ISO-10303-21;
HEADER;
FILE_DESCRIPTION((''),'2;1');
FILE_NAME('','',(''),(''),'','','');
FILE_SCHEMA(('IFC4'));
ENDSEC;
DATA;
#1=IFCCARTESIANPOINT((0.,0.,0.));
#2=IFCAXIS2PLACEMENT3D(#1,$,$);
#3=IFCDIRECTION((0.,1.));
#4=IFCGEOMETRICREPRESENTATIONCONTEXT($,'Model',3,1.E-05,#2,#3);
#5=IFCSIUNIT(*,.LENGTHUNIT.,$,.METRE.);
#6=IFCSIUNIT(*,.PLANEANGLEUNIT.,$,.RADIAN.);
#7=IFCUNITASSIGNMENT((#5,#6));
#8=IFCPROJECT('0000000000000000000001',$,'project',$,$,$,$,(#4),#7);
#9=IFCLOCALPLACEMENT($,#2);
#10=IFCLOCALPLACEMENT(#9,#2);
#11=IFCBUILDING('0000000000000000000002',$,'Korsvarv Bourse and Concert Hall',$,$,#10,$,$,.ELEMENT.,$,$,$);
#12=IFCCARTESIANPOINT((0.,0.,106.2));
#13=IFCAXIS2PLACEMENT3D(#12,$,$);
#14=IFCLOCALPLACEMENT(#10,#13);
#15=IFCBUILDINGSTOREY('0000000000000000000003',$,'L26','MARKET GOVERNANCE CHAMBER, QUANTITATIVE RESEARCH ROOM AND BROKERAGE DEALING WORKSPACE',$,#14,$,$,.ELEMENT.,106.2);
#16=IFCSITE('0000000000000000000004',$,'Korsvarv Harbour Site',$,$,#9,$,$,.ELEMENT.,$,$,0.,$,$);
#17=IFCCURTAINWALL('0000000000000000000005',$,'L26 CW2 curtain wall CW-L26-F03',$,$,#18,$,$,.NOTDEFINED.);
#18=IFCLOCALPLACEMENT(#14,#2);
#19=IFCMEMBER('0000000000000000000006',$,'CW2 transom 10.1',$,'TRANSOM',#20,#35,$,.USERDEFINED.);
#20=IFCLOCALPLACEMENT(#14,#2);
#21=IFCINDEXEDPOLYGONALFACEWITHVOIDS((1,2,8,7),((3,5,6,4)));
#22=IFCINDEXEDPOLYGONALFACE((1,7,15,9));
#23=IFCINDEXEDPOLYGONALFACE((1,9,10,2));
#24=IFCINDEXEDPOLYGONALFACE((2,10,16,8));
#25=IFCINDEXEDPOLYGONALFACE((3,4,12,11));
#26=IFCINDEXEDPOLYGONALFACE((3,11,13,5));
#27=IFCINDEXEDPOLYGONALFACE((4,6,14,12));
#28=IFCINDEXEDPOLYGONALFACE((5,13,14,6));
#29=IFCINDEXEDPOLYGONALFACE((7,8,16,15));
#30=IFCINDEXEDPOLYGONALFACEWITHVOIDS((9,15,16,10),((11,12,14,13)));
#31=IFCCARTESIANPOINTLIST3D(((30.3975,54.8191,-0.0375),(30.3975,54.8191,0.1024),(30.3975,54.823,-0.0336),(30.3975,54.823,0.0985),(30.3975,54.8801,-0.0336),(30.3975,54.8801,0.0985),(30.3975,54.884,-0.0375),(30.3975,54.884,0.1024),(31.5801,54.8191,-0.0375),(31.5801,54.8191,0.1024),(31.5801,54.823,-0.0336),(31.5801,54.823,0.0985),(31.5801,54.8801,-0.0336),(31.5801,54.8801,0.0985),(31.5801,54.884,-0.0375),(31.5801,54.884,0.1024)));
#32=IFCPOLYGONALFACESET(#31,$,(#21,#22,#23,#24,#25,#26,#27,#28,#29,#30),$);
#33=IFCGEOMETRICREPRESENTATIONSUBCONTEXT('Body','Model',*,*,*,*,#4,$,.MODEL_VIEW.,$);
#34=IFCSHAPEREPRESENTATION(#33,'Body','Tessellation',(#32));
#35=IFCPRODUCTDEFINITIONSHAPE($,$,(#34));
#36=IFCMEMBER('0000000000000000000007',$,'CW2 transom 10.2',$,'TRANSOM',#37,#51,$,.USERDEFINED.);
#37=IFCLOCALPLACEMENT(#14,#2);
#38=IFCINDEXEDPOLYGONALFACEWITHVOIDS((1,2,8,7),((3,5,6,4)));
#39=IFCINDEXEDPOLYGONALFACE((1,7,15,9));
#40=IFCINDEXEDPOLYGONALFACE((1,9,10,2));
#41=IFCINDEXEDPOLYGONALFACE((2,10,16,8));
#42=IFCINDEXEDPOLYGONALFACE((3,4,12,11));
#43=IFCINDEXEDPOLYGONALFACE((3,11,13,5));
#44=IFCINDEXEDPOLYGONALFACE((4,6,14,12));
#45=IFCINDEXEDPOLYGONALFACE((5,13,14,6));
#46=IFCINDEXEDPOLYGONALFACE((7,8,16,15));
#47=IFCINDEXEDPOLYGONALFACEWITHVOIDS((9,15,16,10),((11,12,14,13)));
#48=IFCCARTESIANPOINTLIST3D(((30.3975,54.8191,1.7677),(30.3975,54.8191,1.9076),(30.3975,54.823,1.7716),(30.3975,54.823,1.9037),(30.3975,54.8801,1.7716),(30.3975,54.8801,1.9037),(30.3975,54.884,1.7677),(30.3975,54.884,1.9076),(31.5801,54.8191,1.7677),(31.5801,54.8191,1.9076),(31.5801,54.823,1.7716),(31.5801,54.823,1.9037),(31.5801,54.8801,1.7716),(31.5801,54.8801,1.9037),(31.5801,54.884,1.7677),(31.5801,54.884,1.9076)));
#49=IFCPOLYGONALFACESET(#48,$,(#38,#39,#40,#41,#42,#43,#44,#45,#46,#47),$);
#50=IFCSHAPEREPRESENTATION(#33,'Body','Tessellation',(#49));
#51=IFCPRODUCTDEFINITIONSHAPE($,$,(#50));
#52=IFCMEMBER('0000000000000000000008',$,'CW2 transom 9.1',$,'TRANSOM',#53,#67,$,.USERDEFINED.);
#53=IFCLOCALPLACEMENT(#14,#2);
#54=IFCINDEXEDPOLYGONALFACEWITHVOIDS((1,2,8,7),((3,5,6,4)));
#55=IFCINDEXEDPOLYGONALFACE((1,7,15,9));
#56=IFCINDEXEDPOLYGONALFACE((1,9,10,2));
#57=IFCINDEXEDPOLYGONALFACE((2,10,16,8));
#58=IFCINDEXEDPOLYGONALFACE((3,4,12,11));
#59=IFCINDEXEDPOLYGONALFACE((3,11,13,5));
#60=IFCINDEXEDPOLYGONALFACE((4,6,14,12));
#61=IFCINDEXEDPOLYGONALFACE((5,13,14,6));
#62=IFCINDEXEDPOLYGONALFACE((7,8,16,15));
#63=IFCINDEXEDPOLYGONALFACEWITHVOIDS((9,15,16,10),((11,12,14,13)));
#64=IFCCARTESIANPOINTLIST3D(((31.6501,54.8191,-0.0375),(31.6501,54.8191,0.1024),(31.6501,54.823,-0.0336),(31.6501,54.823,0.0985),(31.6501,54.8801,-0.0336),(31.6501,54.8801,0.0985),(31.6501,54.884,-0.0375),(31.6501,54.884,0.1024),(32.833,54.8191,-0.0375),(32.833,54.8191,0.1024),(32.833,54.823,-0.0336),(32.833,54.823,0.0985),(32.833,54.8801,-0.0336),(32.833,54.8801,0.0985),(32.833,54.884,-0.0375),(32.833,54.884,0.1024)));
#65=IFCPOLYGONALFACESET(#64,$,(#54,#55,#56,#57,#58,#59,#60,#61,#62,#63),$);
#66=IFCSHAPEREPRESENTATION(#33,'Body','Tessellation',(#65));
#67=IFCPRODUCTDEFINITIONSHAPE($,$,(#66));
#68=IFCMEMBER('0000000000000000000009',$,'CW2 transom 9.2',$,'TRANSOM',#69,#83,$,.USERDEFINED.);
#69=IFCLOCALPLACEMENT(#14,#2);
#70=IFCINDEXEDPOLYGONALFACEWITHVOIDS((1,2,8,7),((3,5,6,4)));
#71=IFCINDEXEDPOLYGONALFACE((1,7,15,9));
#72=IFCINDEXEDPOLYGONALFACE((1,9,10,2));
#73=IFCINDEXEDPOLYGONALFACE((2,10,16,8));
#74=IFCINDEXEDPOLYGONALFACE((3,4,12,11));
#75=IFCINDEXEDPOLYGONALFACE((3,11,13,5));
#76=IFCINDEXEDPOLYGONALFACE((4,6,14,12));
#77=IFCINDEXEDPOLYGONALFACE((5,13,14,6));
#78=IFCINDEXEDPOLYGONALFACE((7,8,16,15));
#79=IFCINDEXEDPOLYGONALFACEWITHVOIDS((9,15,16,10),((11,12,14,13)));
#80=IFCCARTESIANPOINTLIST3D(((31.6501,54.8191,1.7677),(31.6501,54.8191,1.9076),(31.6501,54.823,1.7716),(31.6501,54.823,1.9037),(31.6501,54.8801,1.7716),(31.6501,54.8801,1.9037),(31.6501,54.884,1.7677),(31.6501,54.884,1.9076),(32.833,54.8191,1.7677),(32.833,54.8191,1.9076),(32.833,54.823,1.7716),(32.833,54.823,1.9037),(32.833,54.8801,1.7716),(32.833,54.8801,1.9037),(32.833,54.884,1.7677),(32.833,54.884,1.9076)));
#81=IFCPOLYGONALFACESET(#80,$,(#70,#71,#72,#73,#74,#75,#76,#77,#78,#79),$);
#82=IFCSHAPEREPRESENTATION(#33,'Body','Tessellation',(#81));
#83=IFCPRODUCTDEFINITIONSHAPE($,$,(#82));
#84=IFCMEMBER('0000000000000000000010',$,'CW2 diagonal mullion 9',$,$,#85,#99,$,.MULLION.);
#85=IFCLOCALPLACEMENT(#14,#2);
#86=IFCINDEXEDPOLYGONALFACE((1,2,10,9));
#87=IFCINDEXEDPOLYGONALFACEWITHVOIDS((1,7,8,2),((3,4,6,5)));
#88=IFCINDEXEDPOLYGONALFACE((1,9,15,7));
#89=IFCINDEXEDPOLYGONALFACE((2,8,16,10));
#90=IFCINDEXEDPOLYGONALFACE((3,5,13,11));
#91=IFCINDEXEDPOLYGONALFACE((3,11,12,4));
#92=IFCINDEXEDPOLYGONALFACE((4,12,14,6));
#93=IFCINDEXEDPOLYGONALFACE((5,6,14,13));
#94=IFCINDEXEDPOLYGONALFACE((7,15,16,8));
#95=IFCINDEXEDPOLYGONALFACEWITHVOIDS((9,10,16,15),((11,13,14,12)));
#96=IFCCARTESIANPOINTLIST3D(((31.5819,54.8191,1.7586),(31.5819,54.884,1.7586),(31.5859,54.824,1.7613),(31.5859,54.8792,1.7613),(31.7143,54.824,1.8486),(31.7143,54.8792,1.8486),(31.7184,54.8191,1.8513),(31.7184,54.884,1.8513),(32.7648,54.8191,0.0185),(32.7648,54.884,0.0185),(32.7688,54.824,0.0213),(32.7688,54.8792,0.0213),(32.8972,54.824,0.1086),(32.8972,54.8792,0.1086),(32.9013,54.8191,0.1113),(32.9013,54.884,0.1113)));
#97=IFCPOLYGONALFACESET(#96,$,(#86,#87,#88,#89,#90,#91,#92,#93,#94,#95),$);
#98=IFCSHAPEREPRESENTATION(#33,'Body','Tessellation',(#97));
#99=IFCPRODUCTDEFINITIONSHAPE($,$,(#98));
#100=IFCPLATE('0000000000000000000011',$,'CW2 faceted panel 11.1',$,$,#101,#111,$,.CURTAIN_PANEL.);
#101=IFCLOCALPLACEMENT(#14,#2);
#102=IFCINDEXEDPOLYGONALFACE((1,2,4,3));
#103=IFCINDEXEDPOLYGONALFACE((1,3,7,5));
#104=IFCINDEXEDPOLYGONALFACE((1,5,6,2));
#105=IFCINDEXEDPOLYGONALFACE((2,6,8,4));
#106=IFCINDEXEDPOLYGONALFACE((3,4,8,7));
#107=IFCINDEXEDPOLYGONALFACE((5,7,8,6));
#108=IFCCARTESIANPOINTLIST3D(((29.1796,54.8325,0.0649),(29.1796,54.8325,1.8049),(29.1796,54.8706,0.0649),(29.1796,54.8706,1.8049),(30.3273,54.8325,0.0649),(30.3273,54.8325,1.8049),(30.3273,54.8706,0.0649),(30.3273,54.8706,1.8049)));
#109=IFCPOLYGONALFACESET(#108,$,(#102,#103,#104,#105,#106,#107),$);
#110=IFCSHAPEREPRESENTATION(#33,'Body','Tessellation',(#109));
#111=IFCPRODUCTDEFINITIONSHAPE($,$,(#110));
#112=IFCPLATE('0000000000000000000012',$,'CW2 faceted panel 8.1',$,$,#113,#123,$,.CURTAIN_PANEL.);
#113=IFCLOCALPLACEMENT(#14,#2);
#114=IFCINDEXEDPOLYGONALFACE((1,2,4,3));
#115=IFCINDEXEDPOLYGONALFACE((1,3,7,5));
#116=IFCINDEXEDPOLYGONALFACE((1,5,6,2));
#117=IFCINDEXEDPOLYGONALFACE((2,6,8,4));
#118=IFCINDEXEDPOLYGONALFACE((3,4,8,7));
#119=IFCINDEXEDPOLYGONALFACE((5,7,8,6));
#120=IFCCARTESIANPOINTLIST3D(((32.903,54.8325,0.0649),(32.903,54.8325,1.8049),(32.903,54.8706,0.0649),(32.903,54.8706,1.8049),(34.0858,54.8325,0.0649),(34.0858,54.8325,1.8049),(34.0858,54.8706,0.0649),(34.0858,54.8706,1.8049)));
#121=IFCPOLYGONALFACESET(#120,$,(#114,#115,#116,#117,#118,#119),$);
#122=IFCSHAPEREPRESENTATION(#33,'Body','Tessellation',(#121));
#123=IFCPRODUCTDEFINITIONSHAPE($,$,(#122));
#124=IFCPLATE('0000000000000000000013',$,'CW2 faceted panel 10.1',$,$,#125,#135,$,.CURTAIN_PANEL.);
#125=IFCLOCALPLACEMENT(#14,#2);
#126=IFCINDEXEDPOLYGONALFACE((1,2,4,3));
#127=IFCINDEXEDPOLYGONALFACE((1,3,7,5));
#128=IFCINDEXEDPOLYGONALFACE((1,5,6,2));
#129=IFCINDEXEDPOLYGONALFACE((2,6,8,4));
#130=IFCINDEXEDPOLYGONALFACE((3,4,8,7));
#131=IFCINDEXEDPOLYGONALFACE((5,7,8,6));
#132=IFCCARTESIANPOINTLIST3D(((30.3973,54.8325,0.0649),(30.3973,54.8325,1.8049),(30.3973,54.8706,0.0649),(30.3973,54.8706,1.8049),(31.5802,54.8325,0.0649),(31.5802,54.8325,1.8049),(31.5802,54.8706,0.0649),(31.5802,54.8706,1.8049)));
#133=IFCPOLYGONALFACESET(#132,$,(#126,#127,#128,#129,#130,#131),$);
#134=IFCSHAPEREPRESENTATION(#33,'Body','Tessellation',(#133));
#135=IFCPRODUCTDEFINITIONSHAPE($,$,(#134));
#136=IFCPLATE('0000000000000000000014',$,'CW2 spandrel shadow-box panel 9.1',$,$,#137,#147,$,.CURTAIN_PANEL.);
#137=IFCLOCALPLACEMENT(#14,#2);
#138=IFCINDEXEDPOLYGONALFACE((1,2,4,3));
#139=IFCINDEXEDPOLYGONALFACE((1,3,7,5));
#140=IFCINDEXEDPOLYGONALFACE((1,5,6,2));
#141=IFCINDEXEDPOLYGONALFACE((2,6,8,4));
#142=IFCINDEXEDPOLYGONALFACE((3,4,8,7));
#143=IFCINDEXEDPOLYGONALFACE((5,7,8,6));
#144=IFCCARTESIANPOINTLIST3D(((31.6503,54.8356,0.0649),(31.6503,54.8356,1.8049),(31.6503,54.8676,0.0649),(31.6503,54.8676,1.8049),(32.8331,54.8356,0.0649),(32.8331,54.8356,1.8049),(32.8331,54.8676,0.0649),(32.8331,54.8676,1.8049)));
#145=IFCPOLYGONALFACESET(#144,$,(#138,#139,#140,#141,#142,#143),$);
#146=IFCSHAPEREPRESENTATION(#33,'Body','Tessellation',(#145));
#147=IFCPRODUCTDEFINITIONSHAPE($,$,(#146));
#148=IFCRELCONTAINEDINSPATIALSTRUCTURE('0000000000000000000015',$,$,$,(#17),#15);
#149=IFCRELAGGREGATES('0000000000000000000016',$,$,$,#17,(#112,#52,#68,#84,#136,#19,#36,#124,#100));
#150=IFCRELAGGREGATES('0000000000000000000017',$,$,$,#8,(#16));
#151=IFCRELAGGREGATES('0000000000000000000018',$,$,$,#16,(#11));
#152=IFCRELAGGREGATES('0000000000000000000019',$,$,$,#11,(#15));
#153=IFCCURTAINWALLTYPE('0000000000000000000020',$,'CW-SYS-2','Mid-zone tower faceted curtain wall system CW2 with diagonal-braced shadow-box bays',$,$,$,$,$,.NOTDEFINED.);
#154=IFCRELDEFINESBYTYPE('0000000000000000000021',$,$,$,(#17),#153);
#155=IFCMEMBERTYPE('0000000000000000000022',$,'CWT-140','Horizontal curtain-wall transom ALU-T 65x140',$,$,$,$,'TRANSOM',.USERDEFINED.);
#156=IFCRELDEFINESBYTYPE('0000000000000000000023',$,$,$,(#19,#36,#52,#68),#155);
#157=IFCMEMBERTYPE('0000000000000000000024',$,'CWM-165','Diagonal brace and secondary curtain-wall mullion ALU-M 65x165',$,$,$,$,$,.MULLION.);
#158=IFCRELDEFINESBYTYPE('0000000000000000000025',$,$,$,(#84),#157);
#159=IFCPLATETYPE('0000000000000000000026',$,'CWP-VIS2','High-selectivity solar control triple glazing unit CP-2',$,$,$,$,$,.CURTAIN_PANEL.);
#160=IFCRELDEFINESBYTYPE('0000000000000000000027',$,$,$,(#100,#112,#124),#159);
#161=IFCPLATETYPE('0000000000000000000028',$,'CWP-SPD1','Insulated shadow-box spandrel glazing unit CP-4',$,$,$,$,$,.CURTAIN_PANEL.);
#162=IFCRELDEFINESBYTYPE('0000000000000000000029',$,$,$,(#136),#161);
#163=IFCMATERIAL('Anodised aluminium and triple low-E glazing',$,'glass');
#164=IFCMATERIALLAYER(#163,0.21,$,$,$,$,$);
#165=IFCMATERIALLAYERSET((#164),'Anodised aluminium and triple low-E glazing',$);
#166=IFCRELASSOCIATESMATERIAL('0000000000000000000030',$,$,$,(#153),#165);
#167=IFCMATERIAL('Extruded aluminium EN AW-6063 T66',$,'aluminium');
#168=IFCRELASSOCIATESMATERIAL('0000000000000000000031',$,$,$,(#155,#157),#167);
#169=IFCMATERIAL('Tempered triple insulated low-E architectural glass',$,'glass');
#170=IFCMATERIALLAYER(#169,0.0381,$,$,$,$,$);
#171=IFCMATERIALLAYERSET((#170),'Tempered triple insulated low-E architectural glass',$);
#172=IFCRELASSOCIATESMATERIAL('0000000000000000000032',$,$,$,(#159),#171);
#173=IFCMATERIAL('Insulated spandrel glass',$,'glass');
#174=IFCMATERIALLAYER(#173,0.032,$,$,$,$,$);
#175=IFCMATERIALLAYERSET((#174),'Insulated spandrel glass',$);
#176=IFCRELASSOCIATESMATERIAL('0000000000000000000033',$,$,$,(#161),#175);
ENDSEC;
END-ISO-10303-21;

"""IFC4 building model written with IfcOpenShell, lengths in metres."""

from ifc_helpers import new_model, si_unit, direction, frame, origin, origin_2d, place, context, subcontext, project, spatial, rectangle, hollow_rectangle, extrude, source, transform, mapped, material, layer, layer_set, material_profile, profile_set, type_object, element, aggregate, save


model = new_model("IFC4")

# Units and contexts
model_context = context("Model", 3, precision=1e-05, world=origin(), true_north=direction((0.0, 1.0)))
body_context = subcontext(model_context, "Body", "Model", "MODEL_VIEW")
ifc_project = project(units=[si_unit("LENGTHUNIT", "METRE"), si_unit("PLANEANGLEUNIT", "RADIAN")], contexts=[model_context])

# Site, building, storey
site_placement = place(None, origin())
site = spatial("IfcSite", under=ifc_project, at=site_placement, Name="Korsvarv Harbour Site", CompositionType="ELEMENT", RefElevation=0.0)
building_placement = place(site_placement, origin())
building = spatial("IfcBuilding", under=site, at=building_placement, Name="Korsvarv Bourse and Concert Hall", CompositionType="ELEMENT")
storey_placement = place(building_placement, frame((0.0, 0.0, 106.2)))
storey = spatial("IfcBuildingStorey", under=building, at=storey_placement, Name="L26", Description="MARKET GOVERNANCE CHAMBER, QUANTITATIVE RESEARCH ROOM AND BROKERAGE DEALING WORKSPACE", CompositionType="ELEMENT", Elevation=106.2)

# Curtain wall, members, plates
ifc_material_1 = material(Name="Anodised aluminium and triple low-E glazing", Category="glass")
ifc_layer_1 = layer(ifc_material_1, 0.21)
ifc_layer_set_1 = layer_set([ifc_layer_1], Name="Anodised aluminium and triple low-E glazing")
curtain_wall_type = type_object("IfcCurtainWallType", Name="CW-SYS-2", Description="Mid-zone tower faceted curtain wall system CW2 with diagonal-braced shadow-box bays", PredefinedType="NOTDEFINED", material=ifc_layer_set_1)
curtain_wall_placement = place(storey_placement, origin())
curtain_wall = element("IfcCurtainWall", 1, at=curtain_wall_placement, inside=storey, type_object=curtain_wall_type, Name="L26 CW2 curtain wall CW-L26-F03", PredefinedType="NOTDEFINED")
ifc_material_2 = material(Name="Extruded aluminium EN AW-6063 T66", Category="aluminium")
ifc_material_profile_1 = material_profile(ifc_material_2, hollow_rectangle(XDim=0.0649, YDim=0.1399, WallThickness=0.0039, at=origin_2d()), Name="ALU-T 65x140")
ifc_profile_set_1 = profile_set([ifc_material_profile_1], Name="Extruded aluminium EN AW-6063 T66")
member_type_1 = type_object("IfcMemberType", Name="CWT-140", Description="Horizontal curtain-wall transom ALU-T 65x140", ElementType="TRANSOM", PredefinedType="USERDEFINED", material=ifc_profile_set_1)
shared_shape_1 = source(origin(), body_context, "Body", "SweptSolid", [
    extrude(hollow_rectangle(XDim=0.0649, YDim=0.1399, WallThickness=0.0039, at=origin_2d()), origin(), (0.0, 0.0, 1.0), 1.1826),
])
member_1_placement = place(storey_placement, frame((31.5801, 54.8516, 0.0325), z_axis=(-1.0, 0.0, 0.0), x_axis=(0.0, -1.0, 0.0)))
member_1 = element("IfcMember", 2, at=member_1_placement, type_object=member_type_1, Name="CW2 transom 10.1", ObjectType="TRANSOM", PredefinedType="USERDEFINED", context=body_context, shape_type="MappedRepresentation", body=[
    mapped(shared_shape_1, transform((0.0, 0.0, 0.0), scale=1.0)),
])
member_2_placement = place(storey_placement, frame((31.5801, 54.8516, 1.8376), z_axis=(-1.0, 0.0, 0.0), x_axis=(0.0, -1.0, 0.0)))
member_2 = element("IfcMember", 3, at=member_2_placement, type_object=member_type_1, Name="CW2 transom 10.2", ObjectType="TRANSOM", PredefinedType="USERDEFINED", context=body_context, shape_type="MappedRepresentation", body=[
    mapped(shared_shape_1, transform((0.0, 0.0, 0.0), scale=1.0)),
])
shared_shape_2 = source(origin(), body_context, "Body", "SweptSolid", [
    extrude(hollow_rectangle(XDim=0.0649, YDim=0.1399, WallThickness=0.0039, at=origin_2d()), origin(), (0.0, 0.0, 1.0), 1.1829),
])
member_3_placement = place(storey_placement, frame((32.833, 54.8516, 0.0325), z_axis=(-1.0, 0.0, 0.0), x_axis=(0.0, -1.0, 0.0)))
member_3 = element("IfcMember", 4, at=member_3_placement, type_object=member_type_1, Name="CW2 transom 9.1", ObjectType="TRANSOM", PredefinedType="USERDEFINED", context=body_context, shape_type="MappedRepresentation", body=[
    mapped(shared_shape_2, transform((0.0, 0.0, 0.0), scale=1.0)),
])
member_4_placement = place(storey_placement, frame((32.833, 54.8516, 1.8376), z_axis=(-1.0, 0.0, 0.0), x_axis=(0.0, -1.0, 0.0)))
member_4 = element("IfcMember", 5, at=member_4_placement, type_object=member_type_1, Name="CW2 transom 9.2", ObjectType="TRANSOM", PredefinedType="USERDEFINED", context=body_context, shape_type="MappedRepresentation", body=[
    mapped(shared_shape_2, transform((0.0, 0.0, 0.0), scale=1.0)),
])
ifc_material_profile_2 = material_profile(ifc_material_2, hollow_rectangle(XDim=0.0649, YDim=0.165, WallThickness=0.0049, at=origin_2d()), Name="ALU-M 65x165")
ifc_profile_set_2 = profile_set([ifc_material_profile_2], Name="Extruded aluminium EN AW-6063 T66")
member_type_2 = type_object("IfcMemberType", Name="CWM-165", Description="Diagonal brace and secondary curtain-wall mullion ALU-M 65x165", PredefinedType="MULLION", material=ifc_profile_set_2)
shared_shape_3 = source(origin(), body_context, "Body", "SweptSolid", [
    extrude(hollow_rectangle(XDim=0.0649, YDim=0.165, WallThickness=0.0049, at=origin_2d()), origin(), (0.0, 0.0, 1.0), 2.104),
])
member_5_placement = place(storey_placement, frame((32.833, 54.8516, 0.0649), z_axis=(-0.562202, 0.0, 0.827), x_axis=(0.0, -1.0, 0.0)))
member_5 = element("IfcMember", 6, at=member_5_placement, type_object=member_type_2, Name="CW2 diagonal mullion 9", PredefinedType="MULLION", context=body_context, shape_type="MappedRepresentation", body=[
    mapped(shared_shape_3, transform((0.0, 0.0, 0.0), scale=1.0)),
])
ifc_material_3 = material(Name="Tempered triple insulated low-E architectural glass", Category="glass")
ifc_layer_2 = layer(ifc_material_3, 0.0381)
ifc_layer_set_2 = layer_set([ifc_layer_2], Name="Tempered triple insulated low-E architectural glass")
plate_type_1 = type_object("IfcPlateType", Name="CWP-VIS2", Description="High-selectivity solar control triple glazing unit CP-2", PredefinedType="CURTAIN_PANEL", material=ifc_layer_set_2)
shared_shape_4 = source(origin(), body_context, "Body", "SweptSolid", [
    extrude(rectangle(XDim=1.1477, YDim=0.0381, at=origin_2d()), origin(), (0.0, 0.0, 1.0), 1.74),
])
plate_1_placement = place(storey_placement, frame((29.7534, 54.8516, 0.0649), z_axis=(0.0, 0.0, 1.0), x_axis=(-1.0, 0.0, 0.0)))
plate_1 = element("IfcPlate", 7, at=plate_1_placement, type_object=plate_type_1, Name="CW2 faceted panel 11.1", PredefinedType="CURTAIN_PANEL", context=body_context, shape_type="MappedRepresentation", body=[
    mapped(shared_shape_4, transform((0.0, 0.0, 0.0), scale=1.0)),
])
shared_shape_5 = source(origin(), body_context, "Body", "SweptSolid", [
    extrude(rectangle(XDim=1.1829, YDim=0.0381, at=origin_2d()), origin(), (0.0, 0.0, 1.0), 1.74),
])
plate_2_placement = place(storey_placement, frame((33.4944, 54.8516, 0.0649), z_axis=(0.0, 0.0, 1.0), x_axis=(-1.0, 0.0, 0.0)))
plate_2 = element("IfcPlate", 8, at=plate_2_placement, type_object=plate_type_1, Name="CW2 faceted panel 8.1", PredefinedType="CURTAIN_PANEL", context=body_context, shape_type="MappedRepresentation", body=[
    mapped(shared_shape_5, transform((0.0, 0.0, 0.0), scale=1.0)),
])
plate_3_placement = place(storey_placement, frame((30.9888, 54.8516, 0.0649), z_axis=(0.0, 0.0, 1.0), x_axis=(-1.0, 0.0, 0.0)))
plate_3 = element("IfcPlate", 9, at=plate_3_placement, type_object=plate_type_1, Name="CW2 faceted panel 10.1", PredefinedType="CURTAIN_PANEL", context=body_context, shape_type="MappedRepresentation", body=[
    mapped(shared_shape_5, transform((0.0, 0.0, 0.0), scale=1.0)),
])
ifc_material_4 = material(Name="Insulated spandrel glass", Category="glass")
ifc_layer_3 = layer(ifc_material_4, 0.032)
ifc_layer_set_3 = layer_set([ifc_layer_3], Name="Insulated spandrel glass")
plate_type_2 = type_object("IfcPlateType", Name="CWP-SPD1", Description="Insulated shadow-box spandrel glazing unit CP-4", PredefinedType="CURTAIN_PANEL", material=ifc_layer_set_3)
shared_shape_6 = source(origin(), body_context, "Body", "SweptSolid", [
    extrude(rectangle(XDim=1.1829, YDim=0.032, at=origin_2d()), origin(), (0.0, 0.0, 1.0), 1.74),
])
plate_4_placement = place(storey_placement, frame((32.2417, 54.8516, 0.0649), z_axis=(0.0, 0.0, 1.0), x_axis=(-1.0, 0.0, 0.0)))
plate_4 = element("IfcPlate", 10, at=plate_4_placement, type_object=plate_type_2, Name="CW2 spandrel shadow-box panel 9.1", PredefinedType="CURTAIN_PANEL", context=body_context, shape_type="MappedRepresentation", body=[
    mapped(shared_shape_6, transform((0.0, 0.0, 0.0), scale=1.0)),
])
aggregate(curtain_wall, [plate_2, member_3, member_4, member_5, plate_4, member_1, member_2, plate_3, plate_1])

save(model, "model.ifc")
